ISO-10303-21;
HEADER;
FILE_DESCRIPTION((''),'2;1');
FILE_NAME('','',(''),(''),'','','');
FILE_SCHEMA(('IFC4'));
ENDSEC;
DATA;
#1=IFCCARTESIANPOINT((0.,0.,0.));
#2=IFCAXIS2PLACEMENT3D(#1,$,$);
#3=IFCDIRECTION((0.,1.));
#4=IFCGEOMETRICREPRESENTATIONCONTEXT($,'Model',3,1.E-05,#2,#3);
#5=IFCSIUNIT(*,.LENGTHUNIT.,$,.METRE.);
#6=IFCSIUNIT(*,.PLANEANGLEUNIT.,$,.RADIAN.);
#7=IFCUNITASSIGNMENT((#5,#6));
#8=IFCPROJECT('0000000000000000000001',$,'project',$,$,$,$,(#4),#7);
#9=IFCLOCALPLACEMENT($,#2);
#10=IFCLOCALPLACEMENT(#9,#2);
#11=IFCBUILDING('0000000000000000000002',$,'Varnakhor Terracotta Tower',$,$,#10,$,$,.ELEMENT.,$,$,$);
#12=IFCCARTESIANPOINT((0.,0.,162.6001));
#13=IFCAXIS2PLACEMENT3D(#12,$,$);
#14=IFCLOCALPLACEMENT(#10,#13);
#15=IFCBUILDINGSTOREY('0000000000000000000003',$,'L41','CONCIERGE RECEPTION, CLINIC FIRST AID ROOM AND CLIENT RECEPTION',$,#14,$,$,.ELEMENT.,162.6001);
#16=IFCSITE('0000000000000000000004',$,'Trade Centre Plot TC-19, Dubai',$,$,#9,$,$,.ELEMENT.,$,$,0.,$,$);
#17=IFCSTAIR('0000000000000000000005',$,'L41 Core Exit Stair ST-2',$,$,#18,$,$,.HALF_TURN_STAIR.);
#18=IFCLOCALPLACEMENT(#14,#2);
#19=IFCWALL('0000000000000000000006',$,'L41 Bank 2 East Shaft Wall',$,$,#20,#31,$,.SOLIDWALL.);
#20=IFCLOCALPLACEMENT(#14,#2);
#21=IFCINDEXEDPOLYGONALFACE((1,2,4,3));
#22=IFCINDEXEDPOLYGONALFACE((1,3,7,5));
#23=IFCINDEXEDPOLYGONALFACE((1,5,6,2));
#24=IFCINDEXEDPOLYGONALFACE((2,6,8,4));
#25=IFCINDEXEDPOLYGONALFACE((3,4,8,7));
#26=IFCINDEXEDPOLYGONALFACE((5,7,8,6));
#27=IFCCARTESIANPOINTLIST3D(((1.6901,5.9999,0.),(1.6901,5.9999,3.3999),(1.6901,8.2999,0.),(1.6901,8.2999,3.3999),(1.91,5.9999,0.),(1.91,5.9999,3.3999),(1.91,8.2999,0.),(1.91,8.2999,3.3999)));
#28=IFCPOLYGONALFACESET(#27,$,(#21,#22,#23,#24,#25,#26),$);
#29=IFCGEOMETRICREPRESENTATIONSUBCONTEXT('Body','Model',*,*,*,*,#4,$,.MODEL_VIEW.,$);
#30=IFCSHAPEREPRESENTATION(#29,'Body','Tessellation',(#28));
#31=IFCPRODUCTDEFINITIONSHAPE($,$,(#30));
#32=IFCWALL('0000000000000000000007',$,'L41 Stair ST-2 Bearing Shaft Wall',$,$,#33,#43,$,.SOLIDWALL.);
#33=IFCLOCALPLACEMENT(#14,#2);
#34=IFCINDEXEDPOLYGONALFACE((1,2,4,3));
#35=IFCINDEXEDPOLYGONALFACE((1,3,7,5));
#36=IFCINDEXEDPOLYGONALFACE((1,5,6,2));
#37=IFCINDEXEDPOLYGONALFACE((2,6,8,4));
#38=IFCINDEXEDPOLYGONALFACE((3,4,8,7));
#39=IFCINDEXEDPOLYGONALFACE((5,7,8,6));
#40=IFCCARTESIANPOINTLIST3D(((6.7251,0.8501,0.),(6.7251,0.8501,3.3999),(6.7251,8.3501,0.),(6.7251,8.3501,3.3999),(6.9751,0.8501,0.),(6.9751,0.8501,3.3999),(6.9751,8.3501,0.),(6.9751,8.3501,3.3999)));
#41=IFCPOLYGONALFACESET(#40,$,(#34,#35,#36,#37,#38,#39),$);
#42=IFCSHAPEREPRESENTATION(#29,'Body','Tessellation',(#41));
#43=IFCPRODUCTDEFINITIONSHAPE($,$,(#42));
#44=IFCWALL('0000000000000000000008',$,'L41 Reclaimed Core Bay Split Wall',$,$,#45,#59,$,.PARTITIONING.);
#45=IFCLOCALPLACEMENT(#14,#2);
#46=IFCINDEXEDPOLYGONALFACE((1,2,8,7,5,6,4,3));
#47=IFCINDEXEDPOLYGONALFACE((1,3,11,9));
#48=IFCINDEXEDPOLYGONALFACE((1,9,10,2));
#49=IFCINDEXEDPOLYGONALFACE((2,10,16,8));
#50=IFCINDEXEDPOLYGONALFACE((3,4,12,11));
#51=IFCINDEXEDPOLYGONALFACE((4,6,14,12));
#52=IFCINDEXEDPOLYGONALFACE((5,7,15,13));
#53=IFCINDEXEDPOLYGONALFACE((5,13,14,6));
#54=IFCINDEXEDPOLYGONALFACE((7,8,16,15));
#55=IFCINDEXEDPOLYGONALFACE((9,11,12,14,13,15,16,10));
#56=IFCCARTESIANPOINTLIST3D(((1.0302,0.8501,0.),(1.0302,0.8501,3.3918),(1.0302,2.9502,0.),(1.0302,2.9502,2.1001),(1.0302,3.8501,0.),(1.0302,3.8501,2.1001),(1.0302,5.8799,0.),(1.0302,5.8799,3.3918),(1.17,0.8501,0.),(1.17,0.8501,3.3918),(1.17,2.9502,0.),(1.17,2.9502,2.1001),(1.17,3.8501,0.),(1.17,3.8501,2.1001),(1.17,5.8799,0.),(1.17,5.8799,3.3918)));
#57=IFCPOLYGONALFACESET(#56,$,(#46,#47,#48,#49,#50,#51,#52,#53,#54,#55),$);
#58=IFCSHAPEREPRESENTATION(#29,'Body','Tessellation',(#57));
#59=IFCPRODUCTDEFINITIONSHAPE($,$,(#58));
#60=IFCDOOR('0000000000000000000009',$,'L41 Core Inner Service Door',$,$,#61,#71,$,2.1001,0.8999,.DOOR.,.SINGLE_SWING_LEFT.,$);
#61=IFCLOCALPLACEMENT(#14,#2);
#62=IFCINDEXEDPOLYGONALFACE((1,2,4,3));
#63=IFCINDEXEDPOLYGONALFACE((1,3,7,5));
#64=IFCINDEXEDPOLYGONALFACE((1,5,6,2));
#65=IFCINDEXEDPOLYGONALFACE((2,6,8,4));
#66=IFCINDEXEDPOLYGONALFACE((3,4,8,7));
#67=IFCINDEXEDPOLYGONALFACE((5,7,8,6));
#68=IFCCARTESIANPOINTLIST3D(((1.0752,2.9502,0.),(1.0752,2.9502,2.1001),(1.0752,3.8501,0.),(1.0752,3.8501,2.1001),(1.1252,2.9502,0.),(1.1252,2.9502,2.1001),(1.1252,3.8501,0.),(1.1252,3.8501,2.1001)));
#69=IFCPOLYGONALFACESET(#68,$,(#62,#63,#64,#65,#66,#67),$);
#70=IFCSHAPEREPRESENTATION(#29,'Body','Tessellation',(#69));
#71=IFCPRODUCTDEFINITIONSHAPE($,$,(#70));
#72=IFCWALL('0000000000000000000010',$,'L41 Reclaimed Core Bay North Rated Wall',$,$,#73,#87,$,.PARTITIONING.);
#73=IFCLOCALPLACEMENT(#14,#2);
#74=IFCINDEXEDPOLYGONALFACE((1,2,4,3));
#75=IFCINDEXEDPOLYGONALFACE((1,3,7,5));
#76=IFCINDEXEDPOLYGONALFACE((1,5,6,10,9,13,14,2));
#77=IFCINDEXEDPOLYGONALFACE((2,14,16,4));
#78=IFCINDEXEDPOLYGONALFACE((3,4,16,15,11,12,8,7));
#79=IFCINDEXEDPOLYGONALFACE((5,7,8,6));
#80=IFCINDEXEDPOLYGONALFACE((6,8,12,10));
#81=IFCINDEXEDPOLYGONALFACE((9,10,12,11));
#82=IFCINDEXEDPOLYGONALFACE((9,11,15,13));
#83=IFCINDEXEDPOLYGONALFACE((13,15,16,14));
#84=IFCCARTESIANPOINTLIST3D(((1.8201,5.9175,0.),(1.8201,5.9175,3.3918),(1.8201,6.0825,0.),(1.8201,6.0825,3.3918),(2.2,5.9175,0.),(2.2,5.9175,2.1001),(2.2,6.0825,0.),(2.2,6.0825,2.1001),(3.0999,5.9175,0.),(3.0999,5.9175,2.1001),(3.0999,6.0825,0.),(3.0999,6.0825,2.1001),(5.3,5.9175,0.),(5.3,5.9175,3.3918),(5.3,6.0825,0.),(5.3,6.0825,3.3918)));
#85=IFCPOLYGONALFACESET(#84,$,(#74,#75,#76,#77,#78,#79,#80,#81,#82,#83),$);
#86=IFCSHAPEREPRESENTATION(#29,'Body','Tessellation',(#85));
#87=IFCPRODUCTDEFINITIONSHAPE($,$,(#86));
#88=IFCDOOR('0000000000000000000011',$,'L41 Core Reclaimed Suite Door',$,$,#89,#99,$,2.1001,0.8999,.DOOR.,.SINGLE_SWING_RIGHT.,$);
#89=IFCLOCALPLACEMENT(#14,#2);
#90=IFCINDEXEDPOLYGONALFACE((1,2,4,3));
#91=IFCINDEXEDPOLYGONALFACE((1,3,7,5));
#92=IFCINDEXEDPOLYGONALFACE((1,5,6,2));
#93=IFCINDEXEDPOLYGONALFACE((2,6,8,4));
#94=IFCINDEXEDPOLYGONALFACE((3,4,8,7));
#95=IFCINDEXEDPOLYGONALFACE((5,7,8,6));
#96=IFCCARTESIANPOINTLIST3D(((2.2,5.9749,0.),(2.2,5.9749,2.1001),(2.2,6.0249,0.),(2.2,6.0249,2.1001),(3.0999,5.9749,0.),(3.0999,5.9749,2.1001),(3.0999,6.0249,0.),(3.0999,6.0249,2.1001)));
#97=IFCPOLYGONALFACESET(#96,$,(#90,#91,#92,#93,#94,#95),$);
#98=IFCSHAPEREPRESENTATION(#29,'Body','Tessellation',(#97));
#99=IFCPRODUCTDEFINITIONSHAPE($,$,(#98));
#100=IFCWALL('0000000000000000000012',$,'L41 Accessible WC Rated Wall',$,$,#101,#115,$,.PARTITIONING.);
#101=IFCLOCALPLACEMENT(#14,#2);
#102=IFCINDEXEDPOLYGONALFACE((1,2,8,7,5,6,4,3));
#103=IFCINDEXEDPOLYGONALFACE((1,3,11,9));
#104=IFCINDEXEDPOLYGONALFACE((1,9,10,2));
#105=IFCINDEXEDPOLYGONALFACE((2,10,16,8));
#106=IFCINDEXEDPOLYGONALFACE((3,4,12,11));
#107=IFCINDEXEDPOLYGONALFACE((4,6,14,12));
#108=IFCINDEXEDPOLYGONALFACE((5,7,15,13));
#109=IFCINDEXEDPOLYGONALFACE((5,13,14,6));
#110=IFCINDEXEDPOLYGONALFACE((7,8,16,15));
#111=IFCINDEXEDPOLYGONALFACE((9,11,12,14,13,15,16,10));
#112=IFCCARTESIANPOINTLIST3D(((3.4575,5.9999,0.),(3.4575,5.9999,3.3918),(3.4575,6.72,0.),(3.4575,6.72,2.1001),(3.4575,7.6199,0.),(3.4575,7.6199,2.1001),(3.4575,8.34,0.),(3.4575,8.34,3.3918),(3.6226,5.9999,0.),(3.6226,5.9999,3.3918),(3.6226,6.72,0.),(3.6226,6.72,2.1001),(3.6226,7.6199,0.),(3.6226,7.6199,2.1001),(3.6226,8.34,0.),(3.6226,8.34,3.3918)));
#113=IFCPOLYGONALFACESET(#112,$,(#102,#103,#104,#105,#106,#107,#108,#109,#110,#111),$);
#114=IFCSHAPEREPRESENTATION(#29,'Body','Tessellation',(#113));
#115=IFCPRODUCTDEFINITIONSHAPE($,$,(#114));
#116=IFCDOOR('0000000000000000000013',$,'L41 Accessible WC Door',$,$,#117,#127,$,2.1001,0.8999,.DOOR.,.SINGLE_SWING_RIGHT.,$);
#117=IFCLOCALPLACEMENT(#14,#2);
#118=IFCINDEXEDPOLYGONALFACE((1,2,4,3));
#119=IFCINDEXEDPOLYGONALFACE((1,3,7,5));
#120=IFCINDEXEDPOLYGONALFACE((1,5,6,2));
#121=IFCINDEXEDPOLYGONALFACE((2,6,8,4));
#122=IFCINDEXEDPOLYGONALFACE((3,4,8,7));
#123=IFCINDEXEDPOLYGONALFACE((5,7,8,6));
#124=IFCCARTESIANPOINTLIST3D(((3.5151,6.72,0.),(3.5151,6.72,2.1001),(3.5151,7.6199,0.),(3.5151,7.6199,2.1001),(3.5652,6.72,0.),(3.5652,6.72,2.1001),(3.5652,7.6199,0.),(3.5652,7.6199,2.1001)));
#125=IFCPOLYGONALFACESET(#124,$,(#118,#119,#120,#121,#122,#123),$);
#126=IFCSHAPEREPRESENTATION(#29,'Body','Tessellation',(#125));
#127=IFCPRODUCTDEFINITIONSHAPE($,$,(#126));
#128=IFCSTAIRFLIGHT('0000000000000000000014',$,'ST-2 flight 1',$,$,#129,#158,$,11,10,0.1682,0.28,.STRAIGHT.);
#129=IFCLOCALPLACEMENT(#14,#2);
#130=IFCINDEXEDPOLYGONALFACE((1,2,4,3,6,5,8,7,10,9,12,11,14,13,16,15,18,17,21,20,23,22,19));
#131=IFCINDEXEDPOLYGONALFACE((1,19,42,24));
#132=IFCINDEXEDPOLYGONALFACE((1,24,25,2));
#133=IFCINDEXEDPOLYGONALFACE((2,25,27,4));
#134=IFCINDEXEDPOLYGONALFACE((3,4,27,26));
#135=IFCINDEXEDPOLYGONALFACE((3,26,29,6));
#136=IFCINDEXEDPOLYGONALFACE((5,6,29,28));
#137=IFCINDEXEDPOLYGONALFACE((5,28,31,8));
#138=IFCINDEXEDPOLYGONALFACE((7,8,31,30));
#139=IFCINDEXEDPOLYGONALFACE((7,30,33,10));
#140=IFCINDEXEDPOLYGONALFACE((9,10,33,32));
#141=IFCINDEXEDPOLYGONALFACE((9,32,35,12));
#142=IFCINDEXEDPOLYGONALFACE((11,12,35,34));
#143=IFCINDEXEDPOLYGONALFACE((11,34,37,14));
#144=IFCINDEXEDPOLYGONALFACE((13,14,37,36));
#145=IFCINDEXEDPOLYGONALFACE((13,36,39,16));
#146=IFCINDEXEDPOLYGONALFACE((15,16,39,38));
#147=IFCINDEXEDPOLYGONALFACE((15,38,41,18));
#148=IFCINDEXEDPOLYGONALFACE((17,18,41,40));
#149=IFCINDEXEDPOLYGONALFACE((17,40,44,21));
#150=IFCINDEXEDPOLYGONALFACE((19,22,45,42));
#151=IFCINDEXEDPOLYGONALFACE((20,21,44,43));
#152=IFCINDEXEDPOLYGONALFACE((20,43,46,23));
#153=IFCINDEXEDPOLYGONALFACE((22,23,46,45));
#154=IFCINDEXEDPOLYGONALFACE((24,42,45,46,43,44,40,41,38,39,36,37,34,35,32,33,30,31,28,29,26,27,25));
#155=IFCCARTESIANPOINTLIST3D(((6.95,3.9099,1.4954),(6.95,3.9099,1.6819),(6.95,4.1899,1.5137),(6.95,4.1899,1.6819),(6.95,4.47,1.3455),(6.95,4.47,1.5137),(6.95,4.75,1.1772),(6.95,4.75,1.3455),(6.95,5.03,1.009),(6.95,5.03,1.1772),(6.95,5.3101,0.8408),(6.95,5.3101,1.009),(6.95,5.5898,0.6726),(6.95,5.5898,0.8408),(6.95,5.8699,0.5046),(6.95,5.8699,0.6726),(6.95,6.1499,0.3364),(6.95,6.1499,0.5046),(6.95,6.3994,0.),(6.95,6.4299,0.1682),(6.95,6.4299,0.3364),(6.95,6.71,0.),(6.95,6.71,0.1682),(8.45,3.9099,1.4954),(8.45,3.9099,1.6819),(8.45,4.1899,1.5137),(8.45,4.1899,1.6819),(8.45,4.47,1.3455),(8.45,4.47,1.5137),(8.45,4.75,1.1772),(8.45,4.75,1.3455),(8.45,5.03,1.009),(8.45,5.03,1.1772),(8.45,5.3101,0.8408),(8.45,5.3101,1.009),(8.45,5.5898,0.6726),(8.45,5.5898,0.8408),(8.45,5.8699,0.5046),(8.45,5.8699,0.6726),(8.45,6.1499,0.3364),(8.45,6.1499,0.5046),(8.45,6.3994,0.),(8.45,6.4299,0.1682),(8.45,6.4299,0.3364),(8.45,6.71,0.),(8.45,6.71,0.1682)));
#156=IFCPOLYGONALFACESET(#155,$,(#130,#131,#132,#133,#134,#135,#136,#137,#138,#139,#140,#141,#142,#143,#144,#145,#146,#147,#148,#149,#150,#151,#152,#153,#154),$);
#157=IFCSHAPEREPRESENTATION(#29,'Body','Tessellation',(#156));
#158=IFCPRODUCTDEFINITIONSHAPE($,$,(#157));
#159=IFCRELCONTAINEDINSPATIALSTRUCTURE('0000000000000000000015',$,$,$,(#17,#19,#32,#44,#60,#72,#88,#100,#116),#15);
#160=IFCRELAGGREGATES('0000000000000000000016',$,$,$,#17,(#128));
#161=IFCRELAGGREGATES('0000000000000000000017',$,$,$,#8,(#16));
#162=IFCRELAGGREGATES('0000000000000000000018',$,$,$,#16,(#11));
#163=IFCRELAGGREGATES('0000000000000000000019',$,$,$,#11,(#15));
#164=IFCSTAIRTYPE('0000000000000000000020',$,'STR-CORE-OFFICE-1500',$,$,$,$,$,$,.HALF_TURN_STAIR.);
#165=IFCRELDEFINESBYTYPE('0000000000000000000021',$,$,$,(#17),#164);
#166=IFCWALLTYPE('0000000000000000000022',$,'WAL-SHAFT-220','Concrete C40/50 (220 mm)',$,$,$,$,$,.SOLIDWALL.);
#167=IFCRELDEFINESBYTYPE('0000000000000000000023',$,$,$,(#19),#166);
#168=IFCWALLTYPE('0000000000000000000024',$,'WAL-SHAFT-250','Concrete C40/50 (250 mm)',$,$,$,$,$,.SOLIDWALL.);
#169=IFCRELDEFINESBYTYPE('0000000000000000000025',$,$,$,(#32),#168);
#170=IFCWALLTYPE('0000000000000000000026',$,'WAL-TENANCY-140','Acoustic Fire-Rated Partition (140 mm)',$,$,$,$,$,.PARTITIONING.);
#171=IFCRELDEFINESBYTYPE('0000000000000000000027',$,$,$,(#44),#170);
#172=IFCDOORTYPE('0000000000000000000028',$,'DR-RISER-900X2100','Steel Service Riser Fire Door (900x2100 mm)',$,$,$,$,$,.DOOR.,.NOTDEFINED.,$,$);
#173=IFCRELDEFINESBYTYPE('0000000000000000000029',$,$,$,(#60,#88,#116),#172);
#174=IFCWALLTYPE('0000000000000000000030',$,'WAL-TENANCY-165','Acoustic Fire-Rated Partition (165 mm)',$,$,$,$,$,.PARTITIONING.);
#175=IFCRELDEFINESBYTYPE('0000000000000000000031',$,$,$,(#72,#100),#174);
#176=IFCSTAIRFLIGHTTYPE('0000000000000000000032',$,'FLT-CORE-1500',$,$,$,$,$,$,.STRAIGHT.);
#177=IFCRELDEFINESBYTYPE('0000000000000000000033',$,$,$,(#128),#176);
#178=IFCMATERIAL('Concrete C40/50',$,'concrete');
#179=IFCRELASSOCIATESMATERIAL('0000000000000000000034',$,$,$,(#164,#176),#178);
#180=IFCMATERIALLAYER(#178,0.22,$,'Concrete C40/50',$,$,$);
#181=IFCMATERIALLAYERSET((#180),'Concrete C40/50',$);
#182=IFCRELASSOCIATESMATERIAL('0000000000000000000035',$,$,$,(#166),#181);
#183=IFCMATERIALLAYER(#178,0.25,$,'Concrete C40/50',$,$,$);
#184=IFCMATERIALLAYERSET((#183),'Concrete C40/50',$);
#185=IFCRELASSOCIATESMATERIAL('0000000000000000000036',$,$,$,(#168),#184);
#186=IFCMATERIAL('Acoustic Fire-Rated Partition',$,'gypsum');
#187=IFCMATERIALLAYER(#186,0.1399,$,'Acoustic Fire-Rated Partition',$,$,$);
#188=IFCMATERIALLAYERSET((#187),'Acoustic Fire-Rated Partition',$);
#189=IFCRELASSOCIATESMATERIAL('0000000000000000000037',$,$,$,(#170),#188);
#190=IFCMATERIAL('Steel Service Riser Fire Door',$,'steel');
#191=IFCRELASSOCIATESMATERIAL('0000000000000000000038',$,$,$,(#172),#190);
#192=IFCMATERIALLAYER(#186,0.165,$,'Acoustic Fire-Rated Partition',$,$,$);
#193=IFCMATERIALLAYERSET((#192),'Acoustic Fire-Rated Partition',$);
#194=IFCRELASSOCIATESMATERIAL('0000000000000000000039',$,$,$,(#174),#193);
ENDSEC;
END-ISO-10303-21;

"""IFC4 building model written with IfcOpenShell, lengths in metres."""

from ifc_helpers import new_model, si_unit, direction, frame, frame_2d, origin, place, context, subcontext, project, spatial, polyline, rectangle, outline, extrude, source, transform, mapped, material, layer, layer_set, type_object, type_shapes, element, fill, aggregate, save


model = new_model("IFC4")

# Units and contexts
model_context = context("Model", 3, precision=1e-05, world=origin(), true_north=direction((0.0, 1.0)))
body_context = subcontext(model_context, "Body", "Model", "MODEL_VIEW")
ifc_project = project(units=[si_unit("LENGTHUNIT", "METRE"), si_unit("PLANEANGLEUNIT", "RADIAN")], contexts=[model_context])

# Site, building, storey
site_placement = place(None, origin())
site = spatial("IfcSite", under=ifc_project, at=site_placement, Name="Trade Centre Plot TC-19, Dubai", CompositionType="ELEMENT", RefElevation=0.0)
building_placement = place(site_placement, origin())
building = spatial("IfcBuilding", under=site, at=building_placement, Name="Varnakhor Terracotta Tower", CompositionType="ELEMENT")
storey_placement = place(building_placement, frame((0.0, 0.0, 162.6001)))
storey = spatial("IfcBuildingStorey", under=building, at=storey_placement, Name="L41", Description="CONCIERGE RECEPTION, CLINIC FIRST AID ROOM AND CLIENT RECEPTION", CompositionType="ELEMENT", Elevation=162.6001)

# Stair
ifc_material_1 = material(Name="Concrete C40/50", Category="concrete")
stair_type = type_object("IfcStairType", Name="STR-CORE-OFFICE-1500", PredefinedType="HALF_TURN_STAIR", material=ifc_material_1)
stair_1_placement = place(storey_placement, origin())
stair_1 = element("IfcStair", 1, at=stair_1_placement, inside=storey, type_object=stair_type, Name="L41 Core Exit Stair ST-2", PredefinedType="HALF_TURN_STAIR")

# Walls
ifc_layer_1 = layer(ifc_material_1, 0.22, Name="Concrete C40/50")
ifc_layer_set_1 = layer_set([ifc_layer_1], Name="Concrete C40/50")
wall_type_1 = type_object("IfcWallType", Name="WAL-SHAFT-220", Description="Concrete C40/50 (220 mm)", PredefinedType="SOLIDWALL", material=ifc_layer_set_1)
wall_1_placement = place(storey_placement, frame((1.8, 6.0, 0.0), z_axis=(0.0, 0.0, 1.0), x_axis=(0.0, 1.0, 0.0)))
element("IfcWall", 2, at=wall_1_placement, inside=storey, type_object=wall_type_1, Name="L41 Bank 2 East Shaft Wall", PredefinedType="SOLIDWALL", context=body_context, shape_type="SweptSolid", body=[
    extrude(rectangle(XDim=2.3, YDim=0.22, at=frame_2d((1.1499, 0.0))), origin(), (0.0, 0.0, 1.0), 3.3999),
])
ifc_layer_2 = layer(ifc_material_1, 0.25, Name="Concrete C40/50")
ifc_layer_set_2 = layer_set([ifc_layer_2], Name="Concrete C40/50")
wall_type_2 = type_object("IfcWallType", Name="WAL-SHAFT-250", Description="Concrete C40/50 (250 mm)", PredefinedType="SOLIDWALL", material=ifc_layer_set_2)
wall_2_placement = place(storey_placement, frame((6.8501, 0.8501, 0.0), z_axis=(0.0, 0.0, 1.0), x_axis=(0.0, 1.0, 0.0)))
element("IfcWall", 3, at=wall_2_placement, inside=storey, type_object=wall_type_2, Name="L41 Stair ST-2 Bearing Shaft Wall", PredefinedType="SOLIDWALL", context=body_context, shape_type="SweptSolid", body=[
    extrude(rectangle(XDim=7.5, YDim=0.25, at=frame_2d((3.75, 0.0))), origin(), (0.0, 0.0, 1.0), 3.3999),
])

# Walls, openings, doors
ifc_material_2 = material(Name="Acoustic Fire-Rated Partition", Category="gypsum")
ifc_layer_3 = layer(ifc_material_2, 0.1399, Name="Acoustic Fire-Rated Partition")
ifc_layer_set_3 = layer_set([ifc_layer_3], Name="Acoustic Fire-Rated Partition")
wall_type_3 = type_object("IfcWallType", Name="WAL-TENANCY-140", Description="Acoustic Fire-Rated Partition (140 mm)", PredefinedType="PARTITIONING", material=ifc_layer_set_3)
wall_3_placement = place(storey_placement, frame((1.1001, 0.8501, 0.0), z_axis=(0.0, 0.0, 1.0), x_axis=(0.0, 1.0, 0.0)))
wall_3 = element("IfcWall", 4, at=wall_3_placement, inside=storey, type_object=wall_type_3, Name="L41 Reclaimed Core Bay Split Wall", PredefinedType="PARTITIONING", context=body_context, shape_type="SweptSolid", body=[
    extrude(rectangle(XDim=5.0298, YDim=0.1399, at=frame_2d((2.5149, 0.0))), origin(), (0.0, 0.0, 1.0), 3.3918),
])
opening_1_placement = place(wall_3_placement, frame((2.1001, 0.0, 0.0)))
opening_1 = element("IfcOpeningElement", 5, at=opening_1_placement, cuts=wall_3, PredefinedType="OPENING", context=body_context, shape_type="SweptSolid", body=[
    extrude(rectangle(XDim=0.8999, YDim=2.1001, at=frame_2d((0.45, 1.05))), frame((0.0, 0.0801, 0.0), z_axis=(0.0, -1.0, 0.0), x_axis=(1.0, 0.0, 0.0)), (0.0, 0.0, 1.0), 0.1599),
])
ifc_material_3 = material(Name="Steel Service Riser Fire Door", Category="steel")
door_type_1 = type_object("IfcDoorType", Name="DR-RISER-900X2100", Description="Steel Service Riser Fire Door (900x2100 mm)", OperationType="NOTDEFINED", PredefinedType="DOOR", material=ifc_material_3)
shared_shape_1 = source(origin(), body_context, "Body", "SweptSolid", [
    extrude(rectangle(XDim=0.8999, YDim=2.1001, at=frame_2d((0.45, 1.05))), frame((0.0, 0.0249, 0.0), z_axis=(0.0, -1.0, 0.0), x_axis=(1.0, 0.0, 0.0)), (0.0, 0.0, 1.0), 0.05),
])
type_shapes(door_type_1, [shared_shape_1])
door_1_placement = place(opening_1_placement, origin())
door_1 = element("IfcDoor", 6, at=door_1_placement, inside=storey, type_object=door_type_1, Name="L41 Core Inner Service Door", OperationType="SINGLE_SWING_LEFT", OverallHeight=2.1001, OverallWidth=0.8999, PredefinedType="DOOR", context=body_context, shape_type="MappedRepresentation", body=[
    mapped(shared_shape_1, transform((0.0, 0.0, 0.0), scale=1.0)),
])
fill(opening_1, door_1)
ifc_layer_4 = layer(ifc_material_2, 0.165, Name="Acoustic Fire-Rated Partition")
ifc_layer_set_4 = layer_set([ifc_layer_4], Name="Acoustic Fire-Rated Partition")
wall_type_4 = type_object("IfcWallType", Name="WAL-TENANCY-165", Description="Acoustic Fire-Rated Partition (165 mm)", PredefinedType="PARTITIONING", material=ifc_layer_set_4)
wall_4_placement = place(storey_placement, frame((1.8201, 6.0, 0.0), z_axis=(0.0, 0.0, 1.0), x_axis=(1.0, 0.0, 0.0)))
wall_4 = element("IfcWall", 7, at=wall_4_placement, inside=storey, type_object=wall_type_4, Name="L41 Reclaimed Core Bay North Rated Wall", PredefinedType="PARTITIONING", context=body_context, shape_type="SweptSolid", body=[
    extrude(rectangle(XDim=3.48, YDim=0.165, at=frame_2d((1.74, 0.0))), origin(), (0.0, 0.0, 1.0), 3.3918),
])
opening_2_placement = place(wall_4_placement, frame((0.3799, 0.0, 0.0)))
opening_2 = element("IfcOpeningElement", 8, at=opening_2_placement, cuts=wall_4, PredefinedType="OPENING", context=body_context, shape_type="SweptSolid", body=[
    extrude(rectangle(XDim=0.8999, YDim=2.1001, at=frame_2d((0.45, 1.05))), frame((0.0, 0.0925, 0.0), z_axis=(0.0, -1.0, 0.0), x_axis=(1.0, 0.0, 0.0)), (0.0, 0.0, 1.0), 0.1851),
])
door_2_placement = place(opening_2_placement, origin())
door_2 = element("IfcDoor", 9, at=door_2_placement, inside=storey, type_object=door_type_1, Name="L41 Core Reclaimed Suite Door", OperationType="SINGLE_SWING_RIGHT", OverallHeight=2.1001, OverallWidth=0.8999, PredefinedType="DOOR", context=body_context, shape_type="MappedRepresentation", body=[
    mapped(shared_shape_1, transform((0.0, 0.0, 0.0), scale=1.0)),
])
fill(opening_2, door_2)
wall_5_placement = place(storey_placement, frame((3.54, 6.0, 0.0), z_axis=(0.0, 0.0, 1.0), x_axis=(0.0, 1.0, 0.0)))
wall_5 = element("IfcWall", 10, at=wall_5_placement, inside=storey, type_object=wall_type_4, Name="L41 Accessible WC Rated Wall", PredefinedType="PARTITIONING", context=body_context, shape_type="SweptSolid", body=[
    extrude(rectangle(XDim=2.3401, YDim=0.165, at=frame_2d((1.1699, 0.0))), origin(), (0.0, 0.0, 1.0), 3.3918),
])
opening_3_placement = place(wall_5_placement, frame((0.72, 0.0, 0.0)))
opening_3 = element("IfcOpeningElement", 11, at=opening_3_placement, cuts=wall_5, PredefinedType="OPENING", context=body_context, shape_type="SweptSolid", body=[
    extrude(rectangle(XDim=0.8999, YDim=2.1001, at=frame_2d((0.45, 1.05))), frame((0.0, 0.0925, 0.0), z_axis=(0.0, -1.0, 0.0), x_axis=(1.0, 0.0, 0.0)), (0.0, 0.0, 1.0), 0.1851),
])
door_3_placement = place(opening_3_placement, origin())
door_3 = element("IfcDoor", 12, at=door_3_placement, inside=storey, type_object=door_type_1, Name="L41 Accessible WC Door", OperationType="SINGLE_SWING_RIGHT", OverallHeight=2.1001, OverallWidth=0.8999, PredefinedType="DOOR", context=body_context, shape_type="MappedRepresentation", body=[
    mapped(shared_shape_1, transform((0.0, 0.0, 0.0), scale=1.0)),
])
fill(opening_3, door_3)

# Stair flight
stair_flight_type = type_object("IfcStairFlightType", Name="FLT-CORE-1500", PredefinedType="STRAIGHT", material=ifc_material_1)
stair_flight_placement = place(storey_placement, frame((7.7, 6.71, 0.0), z_axis=(0.0, 0.0, 1.0), x_axis=(0.0, -1.0, 0.0)))
stair_flight = element("IfcStairFlight", 13, at=stair_flight_placement, type_object=stair_flight_type, Name="ST-2 flight 1", NumberOfRisers=11, NumberOfTreads=10, PredefinedType="STRAIGHT", RiserHeight=0.1682, TreadLength=0.28, context=body_context, shape_type="SweptSolid", body=[
    extrude(outline(polyline([(0.0, 0.0), (0.0, 0.1682), (0.28, 0.1682), (0.28, 0.3364), (0.5601, 0.3364), (0.5601, 0.5046), (0.8401, 0.5046), (0.8401, 0.6726), (1.1201, 0.6726), (1.1201, 0.8408), (1.3999, 0.8408), (1.3999, 1.009), (1.6799, 1.009), (1.6799, 1.1772), (1.96, 1.1772), (1.96, 1.3455), (2.24, 1.3455), (2.24, 1.5137), (2.52, 1.5137), (2.52, 1.6819), (2.8, 1.6819), (2.8, 1.8501), (2.8, 1.4954), (0.3105, 0.0), (0.0, 0.0)])), frame((0.0, 0.75, 0.0), z_axis=(0.0, -1.0, 0.0), x_axis=(1.0, 0.0, 0.0)), (0.0, 0.0, 1.0), 1.5),
])
aggregate(stair_1, [stair_flight])

save(model, "model.ifc")
